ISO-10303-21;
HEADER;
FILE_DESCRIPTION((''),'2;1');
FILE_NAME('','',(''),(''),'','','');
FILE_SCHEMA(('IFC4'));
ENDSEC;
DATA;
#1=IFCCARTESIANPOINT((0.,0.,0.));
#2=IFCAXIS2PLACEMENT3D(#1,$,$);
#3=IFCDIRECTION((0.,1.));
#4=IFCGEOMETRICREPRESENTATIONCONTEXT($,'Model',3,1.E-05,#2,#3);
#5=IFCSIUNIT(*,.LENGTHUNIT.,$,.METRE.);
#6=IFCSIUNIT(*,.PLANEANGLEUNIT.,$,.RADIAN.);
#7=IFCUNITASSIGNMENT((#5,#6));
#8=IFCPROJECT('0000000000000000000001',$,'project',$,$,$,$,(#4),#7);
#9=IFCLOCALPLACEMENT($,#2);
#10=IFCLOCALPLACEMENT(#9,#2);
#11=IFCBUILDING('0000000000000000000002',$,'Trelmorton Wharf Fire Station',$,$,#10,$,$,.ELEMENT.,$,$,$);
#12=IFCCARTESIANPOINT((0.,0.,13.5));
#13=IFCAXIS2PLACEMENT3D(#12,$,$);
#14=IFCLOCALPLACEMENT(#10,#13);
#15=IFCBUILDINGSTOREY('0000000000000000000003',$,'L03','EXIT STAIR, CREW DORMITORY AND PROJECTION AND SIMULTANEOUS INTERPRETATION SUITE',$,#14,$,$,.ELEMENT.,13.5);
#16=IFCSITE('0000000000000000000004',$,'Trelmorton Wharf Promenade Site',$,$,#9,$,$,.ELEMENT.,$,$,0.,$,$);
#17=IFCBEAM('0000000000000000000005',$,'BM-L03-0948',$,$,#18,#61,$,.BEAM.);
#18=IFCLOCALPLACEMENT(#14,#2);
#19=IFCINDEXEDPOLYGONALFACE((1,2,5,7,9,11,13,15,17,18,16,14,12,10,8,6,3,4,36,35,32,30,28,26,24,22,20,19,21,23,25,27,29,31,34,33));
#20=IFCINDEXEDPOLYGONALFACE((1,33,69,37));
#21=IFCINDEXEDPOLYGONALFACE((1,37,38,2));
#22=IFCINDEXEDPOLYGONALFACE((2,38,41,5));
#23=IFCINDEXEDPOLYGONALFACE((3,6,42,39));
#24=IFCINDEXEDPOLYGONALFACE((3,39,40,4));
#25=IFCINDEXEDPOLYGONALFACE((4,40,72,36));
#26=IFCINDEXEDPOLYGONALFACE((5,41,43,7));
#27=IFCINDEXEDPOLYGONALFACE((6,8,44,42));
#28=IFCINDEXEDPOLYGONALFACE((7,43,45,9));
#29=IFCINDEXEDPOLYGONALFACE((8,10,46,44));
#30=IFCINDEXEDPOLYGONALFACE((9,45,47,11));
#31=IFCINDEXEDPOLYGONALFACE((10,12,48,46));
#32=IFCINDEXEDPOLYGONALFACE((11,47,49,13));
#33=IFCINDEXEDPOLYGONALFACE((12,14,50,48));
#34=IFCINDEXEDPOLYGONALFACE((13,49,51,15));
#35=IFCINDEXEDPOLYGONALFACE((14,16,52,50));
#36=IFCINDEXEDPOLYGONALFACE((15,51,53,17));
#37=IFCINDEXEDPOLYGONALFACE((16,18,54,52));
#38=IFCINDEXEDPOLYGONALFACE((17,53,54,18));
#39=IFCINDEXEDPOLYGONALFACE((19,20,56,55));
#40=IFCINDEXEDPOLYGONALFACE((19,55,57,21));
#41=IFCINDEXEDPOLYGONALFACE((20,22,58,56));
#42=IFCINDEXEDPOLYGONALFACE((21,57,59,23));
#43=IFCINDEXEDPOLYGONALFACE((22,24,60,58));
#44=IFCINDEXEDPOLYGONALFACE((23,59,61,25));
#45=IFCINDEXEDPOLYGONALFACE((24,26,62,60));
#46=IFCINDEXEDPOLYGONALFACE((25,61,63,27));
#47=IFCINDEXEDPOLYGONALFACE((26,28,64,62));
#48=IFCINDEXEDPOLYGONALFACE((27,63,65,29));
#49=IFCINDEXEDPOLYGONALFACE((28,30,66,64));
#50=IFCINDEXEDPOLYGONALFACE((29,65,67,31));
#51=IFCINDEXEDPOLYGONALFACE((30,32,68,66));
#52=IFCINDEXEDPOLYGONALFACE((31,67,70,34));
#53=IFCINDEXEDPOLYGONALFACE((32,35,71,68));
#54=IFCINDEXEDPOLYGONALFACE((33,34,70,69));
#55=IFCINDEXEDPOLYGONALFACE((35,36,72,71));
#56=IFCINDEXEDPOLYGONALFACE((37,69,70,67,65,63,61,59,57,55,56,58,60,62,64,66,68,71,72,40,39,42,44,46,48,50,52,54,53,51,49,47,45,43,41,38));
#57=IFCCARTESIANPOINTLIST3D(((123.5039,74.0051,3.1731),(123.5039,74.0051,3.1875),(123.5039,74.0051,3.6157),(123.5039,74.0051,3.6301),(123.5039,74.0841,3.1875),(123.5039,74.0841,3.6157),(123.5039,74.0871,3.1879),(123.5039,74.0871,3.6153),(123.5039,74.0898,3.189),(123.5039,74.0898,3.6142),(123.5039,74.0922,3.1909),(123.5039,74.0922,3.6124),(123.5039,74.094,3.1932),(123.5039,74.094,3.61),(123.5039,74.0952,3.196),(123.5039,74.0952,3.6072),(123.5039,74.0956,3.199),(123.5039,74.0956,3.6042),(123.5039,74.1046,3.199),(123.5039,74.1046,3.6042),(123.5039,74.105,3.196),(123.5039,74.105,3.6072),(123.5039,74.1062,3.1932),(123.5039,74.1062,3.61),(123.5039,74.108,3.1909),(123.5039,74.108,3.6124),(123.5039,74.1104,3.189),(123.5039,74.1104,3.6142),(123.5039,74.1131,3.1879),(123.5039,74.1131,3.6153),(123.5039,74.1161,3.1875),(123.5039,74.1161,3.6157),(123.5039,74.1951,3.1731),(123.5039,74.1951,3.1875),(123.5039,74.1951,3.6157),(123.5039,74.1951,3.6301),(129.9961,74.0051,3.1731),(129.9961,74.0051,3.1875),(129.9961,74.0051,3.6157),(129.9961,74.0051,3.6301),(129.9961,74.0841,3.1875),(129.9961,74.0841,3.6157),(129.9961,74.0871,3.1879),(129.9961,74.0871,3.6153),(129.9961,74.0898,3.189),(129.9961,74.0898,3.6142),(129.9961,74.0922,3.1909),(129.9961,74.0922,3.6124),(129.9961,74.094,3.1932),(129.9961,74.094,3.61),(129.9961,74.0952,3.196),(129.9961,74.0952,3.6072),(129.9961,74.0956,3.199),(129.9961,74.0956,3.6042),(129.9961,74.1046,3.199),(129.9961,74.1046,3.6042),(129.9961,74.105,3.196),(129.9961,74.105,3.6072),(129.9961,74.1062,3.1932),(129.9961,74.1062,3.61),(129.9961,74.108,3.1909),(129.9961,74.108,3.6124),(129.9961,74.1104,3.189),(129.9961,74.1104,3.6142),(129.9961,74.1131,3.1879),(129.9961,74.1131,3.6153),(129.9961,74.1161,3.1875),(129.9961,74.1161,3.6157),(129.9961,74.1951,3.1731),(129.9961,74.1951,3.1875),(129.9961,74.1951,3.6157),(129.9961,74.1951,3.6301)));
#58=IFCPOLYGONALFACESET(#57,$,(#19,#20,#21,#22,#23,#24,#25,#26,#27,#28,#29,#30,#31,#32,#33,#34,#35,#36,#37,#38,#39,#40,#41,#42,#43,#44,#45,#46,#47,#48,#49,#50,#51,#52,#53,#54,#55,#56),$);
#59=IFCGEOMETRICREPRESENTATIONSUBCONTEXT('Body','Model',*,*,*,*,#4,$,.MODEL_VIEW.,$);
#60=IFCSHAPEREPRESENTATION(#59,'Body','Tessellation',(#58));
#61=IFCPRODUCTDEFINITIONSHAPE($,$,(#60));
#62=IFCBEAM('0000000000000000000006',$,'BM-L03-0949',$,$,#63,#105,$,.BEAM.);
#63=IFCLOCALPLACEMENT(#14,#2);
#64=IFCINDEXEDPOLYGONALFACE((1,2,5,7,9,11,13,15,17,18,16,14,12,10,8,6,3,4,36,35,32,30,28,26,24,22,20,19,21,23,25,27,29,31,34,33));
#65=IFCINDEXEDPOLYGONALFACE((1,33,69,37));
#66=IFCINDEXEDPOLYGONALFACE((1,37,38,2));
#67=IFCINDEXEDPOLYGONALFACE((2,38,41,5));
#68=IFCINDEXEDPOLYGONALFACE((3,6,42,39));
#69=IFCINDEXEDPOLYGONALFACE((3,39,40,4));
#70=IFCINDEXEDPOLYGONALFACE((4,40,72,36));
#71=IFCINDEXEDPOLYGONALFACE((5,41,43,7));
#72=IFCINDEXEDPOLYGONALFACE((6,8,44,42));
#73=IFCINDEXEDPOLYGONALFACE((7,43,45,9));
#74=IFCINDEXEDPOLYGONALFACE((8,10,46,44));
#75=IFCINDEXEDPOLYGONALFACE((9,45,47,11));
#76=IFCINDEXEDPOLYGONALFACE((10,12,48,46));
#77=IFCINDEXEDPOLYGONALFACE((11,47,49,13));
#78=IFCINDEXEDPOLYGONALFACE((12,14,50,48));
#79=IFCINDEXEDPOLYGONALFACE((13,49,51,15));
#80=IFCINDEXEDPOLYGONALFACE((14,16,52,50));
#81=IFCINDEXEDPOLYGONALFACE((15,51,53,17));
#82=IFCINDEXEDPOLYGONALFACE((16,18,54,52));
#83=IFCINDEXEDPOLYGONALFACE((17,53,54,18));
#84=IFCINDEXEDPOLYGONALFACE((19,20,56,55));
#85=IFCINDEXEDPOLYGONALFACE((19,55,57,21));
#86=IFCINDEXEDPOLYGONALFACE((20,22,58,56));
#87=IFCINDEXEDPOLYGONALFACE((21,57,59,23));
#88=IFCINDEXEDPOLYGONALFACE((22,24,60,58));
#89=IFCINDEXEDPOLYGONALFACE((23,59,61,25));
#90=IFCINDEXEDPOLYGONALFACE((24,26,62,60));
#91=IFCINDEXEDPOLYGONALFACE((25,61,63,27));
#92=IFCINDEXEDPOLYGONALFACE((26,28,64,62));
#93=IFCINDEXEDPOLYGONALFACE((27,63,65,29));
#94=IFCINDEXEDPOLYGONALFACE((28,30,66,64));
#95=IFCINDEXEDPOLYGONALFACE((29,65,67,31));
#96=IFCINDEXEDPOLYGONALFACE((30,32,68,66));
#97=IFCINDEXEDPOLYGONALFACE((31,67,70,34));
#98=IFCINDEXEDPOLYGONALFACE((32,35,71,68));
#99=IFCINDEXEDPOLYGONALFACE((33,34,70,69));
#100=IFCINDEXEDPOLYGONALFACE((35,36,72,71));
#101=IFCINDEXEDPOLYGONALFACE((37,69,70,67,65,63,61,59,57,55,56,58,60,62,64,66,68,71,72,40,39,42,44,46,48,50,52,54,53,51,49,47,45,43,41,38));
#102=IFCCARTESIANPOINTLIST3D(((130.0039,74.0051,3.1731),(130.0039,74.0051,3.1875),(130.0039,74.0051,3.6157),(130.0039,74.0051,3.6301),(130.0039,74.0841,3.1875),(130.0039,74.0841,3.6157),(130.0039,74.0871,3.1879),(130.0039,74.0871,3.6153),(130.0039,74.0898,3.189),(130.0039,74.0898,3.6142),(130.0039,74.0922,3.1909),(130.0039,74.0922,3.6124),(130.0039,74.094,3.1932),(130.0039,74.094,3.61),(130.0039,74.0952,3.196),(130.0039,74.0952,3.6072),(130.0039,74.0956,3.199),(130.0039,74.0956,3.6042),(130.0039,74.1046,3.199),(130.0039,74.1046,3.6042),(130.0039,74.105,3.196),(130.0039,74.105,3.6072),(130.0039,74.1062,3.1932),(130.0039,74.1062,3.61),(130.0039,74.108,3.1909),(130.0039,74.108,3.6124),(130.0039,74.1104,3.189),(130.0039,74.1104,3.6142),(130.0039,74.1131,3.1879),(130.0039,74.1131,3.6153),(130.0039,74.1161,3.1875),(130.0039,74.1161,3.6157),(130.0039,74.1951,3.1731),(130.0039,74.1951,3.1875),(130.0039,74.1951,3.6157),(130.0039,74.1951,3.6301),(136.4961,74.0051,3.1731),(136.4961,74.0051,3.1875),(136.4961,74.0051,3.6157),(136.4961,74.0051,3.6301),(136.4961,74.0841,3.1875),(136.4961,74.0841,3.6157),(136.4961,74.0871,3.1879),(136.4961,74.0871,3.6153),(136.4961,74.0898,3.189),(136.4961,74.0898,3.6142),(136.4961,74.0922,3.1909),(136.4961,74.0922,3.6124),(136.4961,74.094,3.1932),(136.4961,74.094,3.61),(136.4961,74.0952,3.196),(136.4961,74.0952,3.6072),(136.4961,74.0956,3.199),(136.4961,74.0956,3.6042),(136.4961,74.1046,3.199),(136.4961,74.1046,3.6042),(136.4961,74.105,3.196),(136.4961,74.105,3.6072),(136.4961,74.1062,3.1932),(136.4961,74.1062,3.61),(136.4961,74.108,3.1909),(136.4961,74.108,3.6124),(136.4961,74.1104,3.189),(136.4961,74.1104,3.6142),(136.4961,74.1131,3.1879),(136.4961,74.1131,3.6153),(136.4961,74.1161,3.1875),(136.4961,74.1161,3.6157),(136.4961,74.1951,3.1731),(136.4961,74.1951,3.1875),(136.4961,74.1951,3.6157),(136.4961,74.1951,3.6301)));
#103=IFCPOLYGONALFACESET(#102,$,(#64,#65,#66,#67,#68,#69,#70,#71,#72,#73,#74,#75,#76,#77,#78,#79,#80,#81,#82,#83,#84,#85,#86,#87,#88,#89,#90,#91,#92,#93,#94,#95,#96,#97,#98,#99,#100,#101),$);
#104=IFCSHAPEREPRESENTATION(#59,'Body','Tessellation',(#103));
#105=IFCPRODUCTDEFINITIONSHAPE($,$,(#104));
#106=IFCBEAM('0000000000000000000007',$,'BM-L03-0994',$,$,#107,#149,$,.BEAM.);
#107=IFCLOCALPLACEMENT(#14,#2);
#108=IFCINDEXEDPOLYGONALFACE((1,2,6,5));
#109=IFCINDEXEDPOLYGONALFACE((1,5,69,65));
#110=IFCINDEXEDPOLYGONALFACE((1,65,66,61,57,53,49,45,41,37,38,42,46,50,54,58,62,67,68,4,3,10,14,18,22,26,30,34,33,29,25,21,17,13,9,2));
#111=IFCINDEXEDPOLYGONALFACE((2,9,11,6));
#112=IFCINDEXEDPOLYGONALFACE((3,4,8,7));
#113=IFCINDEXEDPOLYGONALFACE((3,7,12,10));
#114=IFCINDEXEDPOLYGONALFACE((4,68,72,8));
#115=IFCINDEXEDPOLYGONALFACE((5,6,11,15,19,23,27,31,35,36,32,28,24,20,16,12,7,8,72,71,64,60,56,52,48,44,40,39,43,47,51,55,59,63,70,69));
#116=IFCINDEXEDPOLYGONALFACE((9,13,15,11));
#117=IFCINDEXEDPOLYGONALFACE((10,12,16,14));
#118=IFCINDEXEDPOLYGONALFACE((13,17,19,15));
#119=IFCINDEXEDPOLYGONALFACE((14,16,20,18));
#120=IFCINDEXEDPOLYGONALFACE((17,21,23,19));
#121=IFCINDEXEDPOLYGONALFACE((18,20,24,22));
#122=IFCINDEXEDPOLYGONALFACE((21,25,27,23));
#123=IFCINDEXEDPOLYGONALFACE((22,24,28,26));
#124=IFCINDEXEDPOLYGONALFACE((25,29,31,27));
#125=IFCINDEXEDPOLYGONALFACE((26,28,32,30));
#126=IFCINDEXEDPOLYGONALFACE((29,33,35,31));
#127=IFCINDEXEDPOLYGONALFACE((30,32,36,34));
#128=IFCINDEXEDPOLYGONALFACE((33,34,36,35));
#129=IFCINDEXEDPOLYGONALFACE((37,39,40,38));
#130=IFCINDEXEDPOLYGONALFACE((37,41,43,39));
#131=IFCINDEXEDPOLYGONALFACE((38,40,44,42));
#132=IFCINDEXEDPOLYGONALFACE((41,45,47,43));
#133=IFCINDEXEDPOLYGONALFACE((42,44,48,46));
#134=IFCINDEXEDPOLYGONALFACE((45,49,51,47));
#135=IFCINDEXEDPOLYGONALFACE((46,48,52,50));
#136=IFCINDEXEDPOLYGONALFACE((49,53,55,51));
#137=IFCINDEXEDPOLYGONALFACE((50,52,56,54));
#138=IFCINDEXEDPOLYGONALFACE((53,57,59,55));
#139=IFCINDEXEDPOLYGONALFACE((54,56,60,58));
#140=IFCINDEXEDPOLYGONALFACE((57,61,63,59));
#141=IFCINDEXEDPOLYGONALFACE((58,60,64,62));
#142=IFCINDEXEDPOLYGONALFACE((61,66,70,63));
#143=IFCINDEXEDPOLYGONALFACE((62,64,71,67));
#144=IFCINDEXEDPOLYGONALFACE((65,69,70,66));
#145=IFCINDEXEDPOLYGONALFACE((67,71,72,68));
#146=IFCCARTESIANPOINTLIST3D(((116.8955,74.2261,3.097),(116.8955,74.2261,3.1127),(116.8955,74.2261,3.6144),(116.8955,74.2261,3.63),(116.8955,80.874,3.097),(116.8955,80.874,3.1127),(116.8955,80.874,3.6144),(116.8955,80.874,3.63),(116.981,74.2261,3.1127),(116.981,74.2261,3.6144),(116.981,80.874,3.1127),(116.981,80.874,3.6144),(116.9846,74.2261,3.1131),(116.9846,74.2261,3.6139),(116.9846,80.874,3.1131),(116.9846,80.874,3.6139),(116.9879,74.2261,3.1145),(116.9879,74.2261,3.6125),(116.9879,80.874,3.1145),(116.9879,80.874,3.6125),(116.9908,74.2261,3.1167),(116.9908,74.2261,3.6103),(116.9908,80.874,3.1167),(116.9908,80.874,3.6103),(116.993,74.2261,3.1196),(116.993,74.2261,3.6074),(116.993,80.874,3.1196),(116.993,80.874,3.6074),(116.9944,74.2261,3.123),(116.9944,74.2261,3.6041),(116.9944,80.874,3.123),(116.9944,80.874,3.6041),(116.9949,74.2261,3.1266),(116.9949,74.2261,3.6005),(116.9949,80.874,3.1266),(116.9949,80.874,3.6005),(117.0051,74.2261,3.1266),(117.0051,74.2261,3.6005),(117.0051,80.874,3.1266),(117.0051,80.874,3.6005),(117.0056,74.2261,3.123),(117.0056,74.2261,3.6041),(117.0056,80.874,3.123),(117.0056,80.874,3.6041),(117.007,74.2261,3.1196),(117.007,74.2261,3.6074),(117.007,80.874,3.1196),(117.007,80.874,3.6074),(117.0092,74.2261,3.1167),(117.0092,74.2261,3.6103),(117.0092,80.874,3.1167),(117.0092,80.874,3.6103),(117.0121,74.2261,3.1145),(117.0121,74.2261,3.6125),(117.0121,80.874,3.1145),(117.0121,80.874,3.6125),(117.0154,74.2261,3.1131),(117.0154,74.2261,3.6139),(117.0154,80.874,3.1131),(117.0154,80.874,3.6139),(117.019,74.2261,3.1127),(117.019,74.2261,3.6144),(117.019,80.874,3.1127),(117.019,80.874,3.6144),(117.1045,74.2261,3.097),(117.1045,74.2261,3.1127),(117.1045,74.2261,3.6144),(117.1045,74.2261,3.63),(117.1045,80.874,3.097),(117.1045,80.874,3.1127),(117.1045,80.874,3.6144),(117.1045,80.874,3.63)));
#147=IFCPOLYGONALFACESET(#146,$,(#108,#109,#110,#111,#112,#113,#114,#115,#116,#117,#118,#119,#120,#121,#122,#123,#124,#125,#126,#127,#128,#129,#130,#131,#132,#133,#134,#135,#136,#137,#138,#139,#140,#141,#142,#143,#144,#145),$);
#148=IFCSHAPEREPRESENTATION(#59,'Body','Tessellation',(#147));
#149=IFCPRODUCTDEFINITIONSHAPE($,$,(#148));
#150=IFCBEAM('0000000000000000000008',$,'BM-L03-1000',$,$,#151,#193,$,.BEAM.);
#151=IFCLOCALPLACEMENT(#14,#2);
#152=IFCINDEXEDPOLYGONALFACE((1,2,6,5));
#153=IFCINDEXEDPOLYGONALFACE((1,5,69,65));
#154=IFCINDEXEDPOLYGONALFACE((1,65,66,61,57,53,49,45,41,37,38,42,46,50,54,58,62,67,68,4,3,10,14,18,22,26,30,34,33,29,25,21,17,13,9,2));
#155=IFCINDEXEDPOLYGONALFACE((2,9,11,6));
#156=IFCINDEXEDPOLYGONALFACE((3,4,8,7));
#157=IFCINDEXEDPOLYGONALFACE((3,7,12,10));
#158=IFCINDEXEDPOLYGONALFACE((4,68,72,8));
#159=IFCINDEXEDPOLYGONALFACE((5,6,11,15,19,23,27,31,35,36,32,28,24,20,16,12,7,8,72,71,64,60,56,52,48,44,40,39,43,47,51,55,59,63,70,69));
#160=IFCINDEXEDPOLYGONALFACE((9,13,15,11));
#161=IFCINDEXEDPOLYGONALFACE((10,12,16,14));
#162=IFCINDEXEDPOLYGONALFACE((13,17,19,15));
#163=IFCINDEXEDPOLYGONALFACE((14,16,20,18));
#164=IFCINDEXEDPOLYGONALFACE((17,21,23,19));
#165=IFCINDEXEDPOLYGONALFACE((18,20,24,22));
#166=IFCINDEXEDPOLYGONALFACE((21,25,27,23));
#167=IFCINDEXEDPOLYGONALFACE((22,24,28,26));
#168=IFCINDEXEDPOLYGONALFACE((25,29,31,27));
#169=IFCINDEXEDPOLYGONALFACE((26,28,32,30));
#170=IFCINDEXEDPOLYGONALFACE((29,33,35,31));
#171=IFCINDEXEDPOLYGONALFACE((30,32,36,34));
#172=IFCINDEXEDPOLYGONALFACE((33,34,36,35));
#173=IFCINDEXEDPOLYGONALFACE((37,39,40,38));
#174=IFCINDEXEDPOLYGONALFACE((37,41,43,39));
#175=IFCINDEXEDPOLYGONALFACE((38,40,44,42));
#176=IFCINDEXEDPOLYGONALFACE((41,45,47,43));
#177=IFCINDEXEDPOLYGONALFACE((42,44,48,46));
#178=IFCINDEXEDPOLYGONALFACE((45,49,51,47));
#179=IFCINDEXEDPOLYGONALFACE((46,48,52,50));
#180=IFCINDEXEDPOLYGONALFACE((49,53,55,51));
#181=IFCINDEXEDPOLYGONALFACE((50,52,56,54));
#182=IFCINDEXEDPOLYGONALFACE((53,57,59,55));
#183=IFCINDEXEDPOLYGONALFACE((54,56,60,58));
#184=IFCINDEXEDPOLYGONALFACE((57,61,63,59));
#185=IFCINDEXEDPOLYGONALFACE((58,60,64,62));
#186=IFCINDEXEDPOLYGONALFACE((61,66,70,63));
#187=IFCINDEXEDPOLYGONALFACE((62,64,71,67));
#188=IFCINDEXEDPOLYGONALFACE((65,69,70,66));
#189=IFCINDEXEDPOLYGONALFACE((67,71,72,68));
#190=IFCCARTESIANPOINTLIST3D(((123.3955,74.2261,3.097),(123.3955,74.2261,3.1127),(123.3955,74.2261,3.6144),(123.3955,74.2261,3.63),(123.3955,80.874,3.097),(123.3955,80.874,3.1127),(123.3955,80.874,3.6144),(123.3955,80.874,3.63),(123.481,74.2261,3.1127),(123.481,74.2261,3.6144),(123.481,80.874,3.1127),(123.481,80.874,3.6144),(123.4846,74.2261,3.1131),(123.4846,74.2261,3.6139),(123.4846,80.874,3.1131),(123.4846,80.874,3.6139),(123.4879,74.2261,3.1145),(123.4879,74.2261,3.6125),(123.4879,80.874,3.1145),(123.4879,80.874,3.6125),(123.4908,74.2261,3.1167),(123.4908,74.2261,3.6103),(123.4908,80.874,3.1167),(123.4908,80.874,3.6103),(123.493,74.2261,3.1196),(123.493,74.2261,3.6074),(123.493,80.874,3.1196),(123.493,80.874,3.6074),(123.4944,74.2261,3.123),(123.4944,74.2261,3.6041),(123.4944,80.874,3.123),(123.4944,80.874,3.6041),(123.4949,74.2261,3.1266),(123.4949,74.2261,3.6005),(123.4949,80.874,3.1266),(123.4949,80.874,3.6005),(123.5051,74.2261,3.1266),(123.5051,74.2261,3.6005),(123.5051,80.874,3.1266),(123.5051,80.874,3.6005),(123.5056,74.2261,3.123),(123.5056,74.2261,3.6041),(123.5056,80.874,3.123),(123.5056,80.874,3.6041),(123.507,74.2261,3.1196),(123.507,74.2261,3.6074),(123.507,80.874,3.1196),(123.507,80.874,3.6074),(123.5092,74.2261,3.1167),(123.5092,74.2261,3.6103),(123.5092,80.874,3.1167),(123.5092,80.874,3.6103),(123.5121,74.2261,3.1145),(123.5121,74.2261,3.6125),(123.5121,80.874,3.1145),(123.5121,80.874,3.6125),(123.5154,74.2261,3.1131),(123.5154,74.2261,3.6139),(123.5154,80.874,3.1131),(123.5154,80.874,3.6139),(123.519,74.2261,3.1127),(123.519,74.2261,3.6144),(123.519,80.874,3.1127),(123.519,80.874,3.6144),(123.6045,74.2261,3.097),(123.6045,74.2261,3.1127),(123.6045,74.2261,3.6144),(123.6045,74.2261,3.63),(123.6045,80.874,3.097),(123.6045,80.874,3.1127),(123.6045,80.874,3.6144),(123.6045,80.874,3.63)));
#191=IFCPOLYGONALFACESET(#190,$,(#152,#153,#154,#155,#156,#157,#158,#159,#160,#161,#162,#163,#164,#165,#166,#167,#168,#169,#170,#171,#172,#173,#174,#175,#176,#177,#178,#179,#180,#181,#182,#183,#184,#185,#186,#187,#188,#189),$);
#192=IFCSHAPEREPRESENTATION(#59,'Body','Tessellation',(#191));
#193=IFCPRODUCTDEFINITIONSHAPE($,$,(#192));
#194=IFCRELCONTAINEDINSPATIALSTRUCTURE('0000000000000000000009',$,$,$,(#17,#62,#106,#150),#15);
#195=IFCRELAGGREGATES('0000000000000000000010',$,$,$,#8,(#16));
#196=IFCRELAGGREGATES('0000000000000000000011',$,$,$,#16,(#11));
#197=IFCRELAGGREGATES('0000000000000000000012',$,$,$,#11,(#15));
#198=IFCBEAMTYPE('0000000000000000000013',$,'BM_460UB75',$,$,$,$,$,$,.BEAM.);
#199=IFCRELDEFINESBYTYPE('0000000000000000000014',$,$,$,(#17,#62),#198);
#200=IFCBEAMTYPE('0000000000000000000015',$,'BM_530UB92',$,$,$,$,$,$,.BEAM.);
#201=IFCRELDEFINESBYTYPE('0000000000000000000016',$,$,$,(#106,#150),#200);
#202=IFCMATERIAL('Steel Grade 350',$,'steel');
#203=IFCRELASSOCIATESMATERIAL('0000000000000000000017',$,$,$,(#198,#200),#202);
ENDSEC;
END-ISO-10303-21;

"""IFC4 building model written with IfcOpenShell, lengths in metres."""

from ifc_helpers import new_model, si_unit, direction, frame, origin, origin_2d, place, context, subcontext, project, spatial, i_section, extrude, material, material_profile, profile_set, type_object, element, save


model = new_model("IFC4")

# Units and contexts
model_context = context("Model", 3, precision=1e-05, world=origin(), true_north=direction((0.0, 1.0)))
body_context = subcontext(model_context, "Body", "Model", "MODEL_VIEW")
ifc_project = project(units=[si_unit("LENGTHUNIT", "METRE"), si_unit("PLANEANGLEUNIT", "RADIAN")], contexts=[model_context])

# Site, building, storey
site_placement = place(None, origin())
site = spatial("IfcSite", under=ifc_project, at=site_placement, Name="Trelmorton Wharf Promenade Site", CompositionType="ELEMENT", RefElevation=0.0)
building_placement = place(site_placement, origin())
building = spatial("IfcBuilding", under=site, at=building_placement, Name="Trelmorton Wharf Fire Station", CompositionType="ELEMENT")
storey_placement = place(building_placement, frame((0.0, 0.0, 13.5)))
storey = spatial("IfcBuildingStorey", under=building, at=storey_placement, Name="L03", Description="EXIT STAIR, CREW DORMITORY AND PROJECTION AND SIMULTANEOUS INTERPRETATION SUITE", CompositionType="ELEMENT", Elevation=13.5)

# Shared definitions
ifc_material_1 = material(Name="Steel Grade 350", Category="steel")

# Beams
ifc_material_profile_1 = material_profile(ifc_material_1, i_section(OverallWidth=0.1899, OverallDepth=0.457, WebThickness=0.009, FlangeThickness=0.0144, FilletRadius=0.0115, at=origin_2d()), Name="460UB74.6")
ifc_profile_set_1 = profile_set([ifc_material_profile_1], Name="Steel Grade 350")
beam_type_1 = type_object("IfcBeamType", Name="BM_460UB75", PredefinedType="BEAM", material=ifc_profile_set_1)
for number, where, z_axis, x_axis, name in (
    (1, (123.5039, 74.1001, 3.4016), (1.0, 0.0, 0.0), (0.0, 1.0, 0.0), "BM-L03-0948"),
    (2, (130.0039, 74.1001, 3.4016), (1.0, 0.0, 0.0), (0.0, 1.0, 0.0), "BM-L03-0949"),
):
    element("IfcBeam", number, at=place(storey_placement, frame(where, z_axis=z_axis, x_axis=x_axis)), inside=storey, type_object=beam_type_1, Name=name, PredefinedType="BEAM", context=body_context, shape_type="SweptSolid", body=[
        extrude(i_section(OverallWidth=0.1899, OverallDepth=0.457, WebThickness=0.009, FlangeThickness=0.0144, FilletRadius=0.0115, at=origin_2d()), origin(), (0.0, 0.0, 1.0), 6.4922),
    ])
ifc_material_profile_2 = material_profile(ifc_material_1, i_section(OverallWidth=0.209, OverallDepth=0.533, WebThickness=0.0103, FlangeThickness=0.0156, FilletRadius=0.0139, at=origin_2d()), Name="530UB92.4")
ifc_profile_set_2 = profile_set([ifc_material_profile_2], Name="Steel Grade 350")
beam_type_2 = type_object("IfcBeamType", Name="BM_530UB92", PredefinedType="BEAM", material=ifc_profile_set_2)
for number, where, z_axis, x_axis, name in (
    (3, (117.0, 74.2261, 3.3635), (0.0, 1.0, 0.0), (-1.0, 0.0, 0.0), "BM-L03-0994"),
    (4, (123.5, 74.2261, 3.3635), (0.0, 1.0, 0.0), (-1.0, 0.0, 0.0), "BM-L03-1000"),
):
    element("IfcBeam", number, at=place(storey_placement, frame(where, z_axis=z_axis, x_axis=x_axis)), inside=storey, type_object=beam_type_2, Name=name, PredefinedType="BEAM", context=body_context, shape_type="SweptSolid", body=[
        extrude(i_section(OverallWidth=0.209, OverallDepth=0.533, WebThickness=0.0103, FlangeThickness=0.0156, FilletRadius=0.0139, at=origin_2d()), origin(), (0.0, 0.0, 1.0), 6.6479),
    ])

save(model, "model.ifc")
